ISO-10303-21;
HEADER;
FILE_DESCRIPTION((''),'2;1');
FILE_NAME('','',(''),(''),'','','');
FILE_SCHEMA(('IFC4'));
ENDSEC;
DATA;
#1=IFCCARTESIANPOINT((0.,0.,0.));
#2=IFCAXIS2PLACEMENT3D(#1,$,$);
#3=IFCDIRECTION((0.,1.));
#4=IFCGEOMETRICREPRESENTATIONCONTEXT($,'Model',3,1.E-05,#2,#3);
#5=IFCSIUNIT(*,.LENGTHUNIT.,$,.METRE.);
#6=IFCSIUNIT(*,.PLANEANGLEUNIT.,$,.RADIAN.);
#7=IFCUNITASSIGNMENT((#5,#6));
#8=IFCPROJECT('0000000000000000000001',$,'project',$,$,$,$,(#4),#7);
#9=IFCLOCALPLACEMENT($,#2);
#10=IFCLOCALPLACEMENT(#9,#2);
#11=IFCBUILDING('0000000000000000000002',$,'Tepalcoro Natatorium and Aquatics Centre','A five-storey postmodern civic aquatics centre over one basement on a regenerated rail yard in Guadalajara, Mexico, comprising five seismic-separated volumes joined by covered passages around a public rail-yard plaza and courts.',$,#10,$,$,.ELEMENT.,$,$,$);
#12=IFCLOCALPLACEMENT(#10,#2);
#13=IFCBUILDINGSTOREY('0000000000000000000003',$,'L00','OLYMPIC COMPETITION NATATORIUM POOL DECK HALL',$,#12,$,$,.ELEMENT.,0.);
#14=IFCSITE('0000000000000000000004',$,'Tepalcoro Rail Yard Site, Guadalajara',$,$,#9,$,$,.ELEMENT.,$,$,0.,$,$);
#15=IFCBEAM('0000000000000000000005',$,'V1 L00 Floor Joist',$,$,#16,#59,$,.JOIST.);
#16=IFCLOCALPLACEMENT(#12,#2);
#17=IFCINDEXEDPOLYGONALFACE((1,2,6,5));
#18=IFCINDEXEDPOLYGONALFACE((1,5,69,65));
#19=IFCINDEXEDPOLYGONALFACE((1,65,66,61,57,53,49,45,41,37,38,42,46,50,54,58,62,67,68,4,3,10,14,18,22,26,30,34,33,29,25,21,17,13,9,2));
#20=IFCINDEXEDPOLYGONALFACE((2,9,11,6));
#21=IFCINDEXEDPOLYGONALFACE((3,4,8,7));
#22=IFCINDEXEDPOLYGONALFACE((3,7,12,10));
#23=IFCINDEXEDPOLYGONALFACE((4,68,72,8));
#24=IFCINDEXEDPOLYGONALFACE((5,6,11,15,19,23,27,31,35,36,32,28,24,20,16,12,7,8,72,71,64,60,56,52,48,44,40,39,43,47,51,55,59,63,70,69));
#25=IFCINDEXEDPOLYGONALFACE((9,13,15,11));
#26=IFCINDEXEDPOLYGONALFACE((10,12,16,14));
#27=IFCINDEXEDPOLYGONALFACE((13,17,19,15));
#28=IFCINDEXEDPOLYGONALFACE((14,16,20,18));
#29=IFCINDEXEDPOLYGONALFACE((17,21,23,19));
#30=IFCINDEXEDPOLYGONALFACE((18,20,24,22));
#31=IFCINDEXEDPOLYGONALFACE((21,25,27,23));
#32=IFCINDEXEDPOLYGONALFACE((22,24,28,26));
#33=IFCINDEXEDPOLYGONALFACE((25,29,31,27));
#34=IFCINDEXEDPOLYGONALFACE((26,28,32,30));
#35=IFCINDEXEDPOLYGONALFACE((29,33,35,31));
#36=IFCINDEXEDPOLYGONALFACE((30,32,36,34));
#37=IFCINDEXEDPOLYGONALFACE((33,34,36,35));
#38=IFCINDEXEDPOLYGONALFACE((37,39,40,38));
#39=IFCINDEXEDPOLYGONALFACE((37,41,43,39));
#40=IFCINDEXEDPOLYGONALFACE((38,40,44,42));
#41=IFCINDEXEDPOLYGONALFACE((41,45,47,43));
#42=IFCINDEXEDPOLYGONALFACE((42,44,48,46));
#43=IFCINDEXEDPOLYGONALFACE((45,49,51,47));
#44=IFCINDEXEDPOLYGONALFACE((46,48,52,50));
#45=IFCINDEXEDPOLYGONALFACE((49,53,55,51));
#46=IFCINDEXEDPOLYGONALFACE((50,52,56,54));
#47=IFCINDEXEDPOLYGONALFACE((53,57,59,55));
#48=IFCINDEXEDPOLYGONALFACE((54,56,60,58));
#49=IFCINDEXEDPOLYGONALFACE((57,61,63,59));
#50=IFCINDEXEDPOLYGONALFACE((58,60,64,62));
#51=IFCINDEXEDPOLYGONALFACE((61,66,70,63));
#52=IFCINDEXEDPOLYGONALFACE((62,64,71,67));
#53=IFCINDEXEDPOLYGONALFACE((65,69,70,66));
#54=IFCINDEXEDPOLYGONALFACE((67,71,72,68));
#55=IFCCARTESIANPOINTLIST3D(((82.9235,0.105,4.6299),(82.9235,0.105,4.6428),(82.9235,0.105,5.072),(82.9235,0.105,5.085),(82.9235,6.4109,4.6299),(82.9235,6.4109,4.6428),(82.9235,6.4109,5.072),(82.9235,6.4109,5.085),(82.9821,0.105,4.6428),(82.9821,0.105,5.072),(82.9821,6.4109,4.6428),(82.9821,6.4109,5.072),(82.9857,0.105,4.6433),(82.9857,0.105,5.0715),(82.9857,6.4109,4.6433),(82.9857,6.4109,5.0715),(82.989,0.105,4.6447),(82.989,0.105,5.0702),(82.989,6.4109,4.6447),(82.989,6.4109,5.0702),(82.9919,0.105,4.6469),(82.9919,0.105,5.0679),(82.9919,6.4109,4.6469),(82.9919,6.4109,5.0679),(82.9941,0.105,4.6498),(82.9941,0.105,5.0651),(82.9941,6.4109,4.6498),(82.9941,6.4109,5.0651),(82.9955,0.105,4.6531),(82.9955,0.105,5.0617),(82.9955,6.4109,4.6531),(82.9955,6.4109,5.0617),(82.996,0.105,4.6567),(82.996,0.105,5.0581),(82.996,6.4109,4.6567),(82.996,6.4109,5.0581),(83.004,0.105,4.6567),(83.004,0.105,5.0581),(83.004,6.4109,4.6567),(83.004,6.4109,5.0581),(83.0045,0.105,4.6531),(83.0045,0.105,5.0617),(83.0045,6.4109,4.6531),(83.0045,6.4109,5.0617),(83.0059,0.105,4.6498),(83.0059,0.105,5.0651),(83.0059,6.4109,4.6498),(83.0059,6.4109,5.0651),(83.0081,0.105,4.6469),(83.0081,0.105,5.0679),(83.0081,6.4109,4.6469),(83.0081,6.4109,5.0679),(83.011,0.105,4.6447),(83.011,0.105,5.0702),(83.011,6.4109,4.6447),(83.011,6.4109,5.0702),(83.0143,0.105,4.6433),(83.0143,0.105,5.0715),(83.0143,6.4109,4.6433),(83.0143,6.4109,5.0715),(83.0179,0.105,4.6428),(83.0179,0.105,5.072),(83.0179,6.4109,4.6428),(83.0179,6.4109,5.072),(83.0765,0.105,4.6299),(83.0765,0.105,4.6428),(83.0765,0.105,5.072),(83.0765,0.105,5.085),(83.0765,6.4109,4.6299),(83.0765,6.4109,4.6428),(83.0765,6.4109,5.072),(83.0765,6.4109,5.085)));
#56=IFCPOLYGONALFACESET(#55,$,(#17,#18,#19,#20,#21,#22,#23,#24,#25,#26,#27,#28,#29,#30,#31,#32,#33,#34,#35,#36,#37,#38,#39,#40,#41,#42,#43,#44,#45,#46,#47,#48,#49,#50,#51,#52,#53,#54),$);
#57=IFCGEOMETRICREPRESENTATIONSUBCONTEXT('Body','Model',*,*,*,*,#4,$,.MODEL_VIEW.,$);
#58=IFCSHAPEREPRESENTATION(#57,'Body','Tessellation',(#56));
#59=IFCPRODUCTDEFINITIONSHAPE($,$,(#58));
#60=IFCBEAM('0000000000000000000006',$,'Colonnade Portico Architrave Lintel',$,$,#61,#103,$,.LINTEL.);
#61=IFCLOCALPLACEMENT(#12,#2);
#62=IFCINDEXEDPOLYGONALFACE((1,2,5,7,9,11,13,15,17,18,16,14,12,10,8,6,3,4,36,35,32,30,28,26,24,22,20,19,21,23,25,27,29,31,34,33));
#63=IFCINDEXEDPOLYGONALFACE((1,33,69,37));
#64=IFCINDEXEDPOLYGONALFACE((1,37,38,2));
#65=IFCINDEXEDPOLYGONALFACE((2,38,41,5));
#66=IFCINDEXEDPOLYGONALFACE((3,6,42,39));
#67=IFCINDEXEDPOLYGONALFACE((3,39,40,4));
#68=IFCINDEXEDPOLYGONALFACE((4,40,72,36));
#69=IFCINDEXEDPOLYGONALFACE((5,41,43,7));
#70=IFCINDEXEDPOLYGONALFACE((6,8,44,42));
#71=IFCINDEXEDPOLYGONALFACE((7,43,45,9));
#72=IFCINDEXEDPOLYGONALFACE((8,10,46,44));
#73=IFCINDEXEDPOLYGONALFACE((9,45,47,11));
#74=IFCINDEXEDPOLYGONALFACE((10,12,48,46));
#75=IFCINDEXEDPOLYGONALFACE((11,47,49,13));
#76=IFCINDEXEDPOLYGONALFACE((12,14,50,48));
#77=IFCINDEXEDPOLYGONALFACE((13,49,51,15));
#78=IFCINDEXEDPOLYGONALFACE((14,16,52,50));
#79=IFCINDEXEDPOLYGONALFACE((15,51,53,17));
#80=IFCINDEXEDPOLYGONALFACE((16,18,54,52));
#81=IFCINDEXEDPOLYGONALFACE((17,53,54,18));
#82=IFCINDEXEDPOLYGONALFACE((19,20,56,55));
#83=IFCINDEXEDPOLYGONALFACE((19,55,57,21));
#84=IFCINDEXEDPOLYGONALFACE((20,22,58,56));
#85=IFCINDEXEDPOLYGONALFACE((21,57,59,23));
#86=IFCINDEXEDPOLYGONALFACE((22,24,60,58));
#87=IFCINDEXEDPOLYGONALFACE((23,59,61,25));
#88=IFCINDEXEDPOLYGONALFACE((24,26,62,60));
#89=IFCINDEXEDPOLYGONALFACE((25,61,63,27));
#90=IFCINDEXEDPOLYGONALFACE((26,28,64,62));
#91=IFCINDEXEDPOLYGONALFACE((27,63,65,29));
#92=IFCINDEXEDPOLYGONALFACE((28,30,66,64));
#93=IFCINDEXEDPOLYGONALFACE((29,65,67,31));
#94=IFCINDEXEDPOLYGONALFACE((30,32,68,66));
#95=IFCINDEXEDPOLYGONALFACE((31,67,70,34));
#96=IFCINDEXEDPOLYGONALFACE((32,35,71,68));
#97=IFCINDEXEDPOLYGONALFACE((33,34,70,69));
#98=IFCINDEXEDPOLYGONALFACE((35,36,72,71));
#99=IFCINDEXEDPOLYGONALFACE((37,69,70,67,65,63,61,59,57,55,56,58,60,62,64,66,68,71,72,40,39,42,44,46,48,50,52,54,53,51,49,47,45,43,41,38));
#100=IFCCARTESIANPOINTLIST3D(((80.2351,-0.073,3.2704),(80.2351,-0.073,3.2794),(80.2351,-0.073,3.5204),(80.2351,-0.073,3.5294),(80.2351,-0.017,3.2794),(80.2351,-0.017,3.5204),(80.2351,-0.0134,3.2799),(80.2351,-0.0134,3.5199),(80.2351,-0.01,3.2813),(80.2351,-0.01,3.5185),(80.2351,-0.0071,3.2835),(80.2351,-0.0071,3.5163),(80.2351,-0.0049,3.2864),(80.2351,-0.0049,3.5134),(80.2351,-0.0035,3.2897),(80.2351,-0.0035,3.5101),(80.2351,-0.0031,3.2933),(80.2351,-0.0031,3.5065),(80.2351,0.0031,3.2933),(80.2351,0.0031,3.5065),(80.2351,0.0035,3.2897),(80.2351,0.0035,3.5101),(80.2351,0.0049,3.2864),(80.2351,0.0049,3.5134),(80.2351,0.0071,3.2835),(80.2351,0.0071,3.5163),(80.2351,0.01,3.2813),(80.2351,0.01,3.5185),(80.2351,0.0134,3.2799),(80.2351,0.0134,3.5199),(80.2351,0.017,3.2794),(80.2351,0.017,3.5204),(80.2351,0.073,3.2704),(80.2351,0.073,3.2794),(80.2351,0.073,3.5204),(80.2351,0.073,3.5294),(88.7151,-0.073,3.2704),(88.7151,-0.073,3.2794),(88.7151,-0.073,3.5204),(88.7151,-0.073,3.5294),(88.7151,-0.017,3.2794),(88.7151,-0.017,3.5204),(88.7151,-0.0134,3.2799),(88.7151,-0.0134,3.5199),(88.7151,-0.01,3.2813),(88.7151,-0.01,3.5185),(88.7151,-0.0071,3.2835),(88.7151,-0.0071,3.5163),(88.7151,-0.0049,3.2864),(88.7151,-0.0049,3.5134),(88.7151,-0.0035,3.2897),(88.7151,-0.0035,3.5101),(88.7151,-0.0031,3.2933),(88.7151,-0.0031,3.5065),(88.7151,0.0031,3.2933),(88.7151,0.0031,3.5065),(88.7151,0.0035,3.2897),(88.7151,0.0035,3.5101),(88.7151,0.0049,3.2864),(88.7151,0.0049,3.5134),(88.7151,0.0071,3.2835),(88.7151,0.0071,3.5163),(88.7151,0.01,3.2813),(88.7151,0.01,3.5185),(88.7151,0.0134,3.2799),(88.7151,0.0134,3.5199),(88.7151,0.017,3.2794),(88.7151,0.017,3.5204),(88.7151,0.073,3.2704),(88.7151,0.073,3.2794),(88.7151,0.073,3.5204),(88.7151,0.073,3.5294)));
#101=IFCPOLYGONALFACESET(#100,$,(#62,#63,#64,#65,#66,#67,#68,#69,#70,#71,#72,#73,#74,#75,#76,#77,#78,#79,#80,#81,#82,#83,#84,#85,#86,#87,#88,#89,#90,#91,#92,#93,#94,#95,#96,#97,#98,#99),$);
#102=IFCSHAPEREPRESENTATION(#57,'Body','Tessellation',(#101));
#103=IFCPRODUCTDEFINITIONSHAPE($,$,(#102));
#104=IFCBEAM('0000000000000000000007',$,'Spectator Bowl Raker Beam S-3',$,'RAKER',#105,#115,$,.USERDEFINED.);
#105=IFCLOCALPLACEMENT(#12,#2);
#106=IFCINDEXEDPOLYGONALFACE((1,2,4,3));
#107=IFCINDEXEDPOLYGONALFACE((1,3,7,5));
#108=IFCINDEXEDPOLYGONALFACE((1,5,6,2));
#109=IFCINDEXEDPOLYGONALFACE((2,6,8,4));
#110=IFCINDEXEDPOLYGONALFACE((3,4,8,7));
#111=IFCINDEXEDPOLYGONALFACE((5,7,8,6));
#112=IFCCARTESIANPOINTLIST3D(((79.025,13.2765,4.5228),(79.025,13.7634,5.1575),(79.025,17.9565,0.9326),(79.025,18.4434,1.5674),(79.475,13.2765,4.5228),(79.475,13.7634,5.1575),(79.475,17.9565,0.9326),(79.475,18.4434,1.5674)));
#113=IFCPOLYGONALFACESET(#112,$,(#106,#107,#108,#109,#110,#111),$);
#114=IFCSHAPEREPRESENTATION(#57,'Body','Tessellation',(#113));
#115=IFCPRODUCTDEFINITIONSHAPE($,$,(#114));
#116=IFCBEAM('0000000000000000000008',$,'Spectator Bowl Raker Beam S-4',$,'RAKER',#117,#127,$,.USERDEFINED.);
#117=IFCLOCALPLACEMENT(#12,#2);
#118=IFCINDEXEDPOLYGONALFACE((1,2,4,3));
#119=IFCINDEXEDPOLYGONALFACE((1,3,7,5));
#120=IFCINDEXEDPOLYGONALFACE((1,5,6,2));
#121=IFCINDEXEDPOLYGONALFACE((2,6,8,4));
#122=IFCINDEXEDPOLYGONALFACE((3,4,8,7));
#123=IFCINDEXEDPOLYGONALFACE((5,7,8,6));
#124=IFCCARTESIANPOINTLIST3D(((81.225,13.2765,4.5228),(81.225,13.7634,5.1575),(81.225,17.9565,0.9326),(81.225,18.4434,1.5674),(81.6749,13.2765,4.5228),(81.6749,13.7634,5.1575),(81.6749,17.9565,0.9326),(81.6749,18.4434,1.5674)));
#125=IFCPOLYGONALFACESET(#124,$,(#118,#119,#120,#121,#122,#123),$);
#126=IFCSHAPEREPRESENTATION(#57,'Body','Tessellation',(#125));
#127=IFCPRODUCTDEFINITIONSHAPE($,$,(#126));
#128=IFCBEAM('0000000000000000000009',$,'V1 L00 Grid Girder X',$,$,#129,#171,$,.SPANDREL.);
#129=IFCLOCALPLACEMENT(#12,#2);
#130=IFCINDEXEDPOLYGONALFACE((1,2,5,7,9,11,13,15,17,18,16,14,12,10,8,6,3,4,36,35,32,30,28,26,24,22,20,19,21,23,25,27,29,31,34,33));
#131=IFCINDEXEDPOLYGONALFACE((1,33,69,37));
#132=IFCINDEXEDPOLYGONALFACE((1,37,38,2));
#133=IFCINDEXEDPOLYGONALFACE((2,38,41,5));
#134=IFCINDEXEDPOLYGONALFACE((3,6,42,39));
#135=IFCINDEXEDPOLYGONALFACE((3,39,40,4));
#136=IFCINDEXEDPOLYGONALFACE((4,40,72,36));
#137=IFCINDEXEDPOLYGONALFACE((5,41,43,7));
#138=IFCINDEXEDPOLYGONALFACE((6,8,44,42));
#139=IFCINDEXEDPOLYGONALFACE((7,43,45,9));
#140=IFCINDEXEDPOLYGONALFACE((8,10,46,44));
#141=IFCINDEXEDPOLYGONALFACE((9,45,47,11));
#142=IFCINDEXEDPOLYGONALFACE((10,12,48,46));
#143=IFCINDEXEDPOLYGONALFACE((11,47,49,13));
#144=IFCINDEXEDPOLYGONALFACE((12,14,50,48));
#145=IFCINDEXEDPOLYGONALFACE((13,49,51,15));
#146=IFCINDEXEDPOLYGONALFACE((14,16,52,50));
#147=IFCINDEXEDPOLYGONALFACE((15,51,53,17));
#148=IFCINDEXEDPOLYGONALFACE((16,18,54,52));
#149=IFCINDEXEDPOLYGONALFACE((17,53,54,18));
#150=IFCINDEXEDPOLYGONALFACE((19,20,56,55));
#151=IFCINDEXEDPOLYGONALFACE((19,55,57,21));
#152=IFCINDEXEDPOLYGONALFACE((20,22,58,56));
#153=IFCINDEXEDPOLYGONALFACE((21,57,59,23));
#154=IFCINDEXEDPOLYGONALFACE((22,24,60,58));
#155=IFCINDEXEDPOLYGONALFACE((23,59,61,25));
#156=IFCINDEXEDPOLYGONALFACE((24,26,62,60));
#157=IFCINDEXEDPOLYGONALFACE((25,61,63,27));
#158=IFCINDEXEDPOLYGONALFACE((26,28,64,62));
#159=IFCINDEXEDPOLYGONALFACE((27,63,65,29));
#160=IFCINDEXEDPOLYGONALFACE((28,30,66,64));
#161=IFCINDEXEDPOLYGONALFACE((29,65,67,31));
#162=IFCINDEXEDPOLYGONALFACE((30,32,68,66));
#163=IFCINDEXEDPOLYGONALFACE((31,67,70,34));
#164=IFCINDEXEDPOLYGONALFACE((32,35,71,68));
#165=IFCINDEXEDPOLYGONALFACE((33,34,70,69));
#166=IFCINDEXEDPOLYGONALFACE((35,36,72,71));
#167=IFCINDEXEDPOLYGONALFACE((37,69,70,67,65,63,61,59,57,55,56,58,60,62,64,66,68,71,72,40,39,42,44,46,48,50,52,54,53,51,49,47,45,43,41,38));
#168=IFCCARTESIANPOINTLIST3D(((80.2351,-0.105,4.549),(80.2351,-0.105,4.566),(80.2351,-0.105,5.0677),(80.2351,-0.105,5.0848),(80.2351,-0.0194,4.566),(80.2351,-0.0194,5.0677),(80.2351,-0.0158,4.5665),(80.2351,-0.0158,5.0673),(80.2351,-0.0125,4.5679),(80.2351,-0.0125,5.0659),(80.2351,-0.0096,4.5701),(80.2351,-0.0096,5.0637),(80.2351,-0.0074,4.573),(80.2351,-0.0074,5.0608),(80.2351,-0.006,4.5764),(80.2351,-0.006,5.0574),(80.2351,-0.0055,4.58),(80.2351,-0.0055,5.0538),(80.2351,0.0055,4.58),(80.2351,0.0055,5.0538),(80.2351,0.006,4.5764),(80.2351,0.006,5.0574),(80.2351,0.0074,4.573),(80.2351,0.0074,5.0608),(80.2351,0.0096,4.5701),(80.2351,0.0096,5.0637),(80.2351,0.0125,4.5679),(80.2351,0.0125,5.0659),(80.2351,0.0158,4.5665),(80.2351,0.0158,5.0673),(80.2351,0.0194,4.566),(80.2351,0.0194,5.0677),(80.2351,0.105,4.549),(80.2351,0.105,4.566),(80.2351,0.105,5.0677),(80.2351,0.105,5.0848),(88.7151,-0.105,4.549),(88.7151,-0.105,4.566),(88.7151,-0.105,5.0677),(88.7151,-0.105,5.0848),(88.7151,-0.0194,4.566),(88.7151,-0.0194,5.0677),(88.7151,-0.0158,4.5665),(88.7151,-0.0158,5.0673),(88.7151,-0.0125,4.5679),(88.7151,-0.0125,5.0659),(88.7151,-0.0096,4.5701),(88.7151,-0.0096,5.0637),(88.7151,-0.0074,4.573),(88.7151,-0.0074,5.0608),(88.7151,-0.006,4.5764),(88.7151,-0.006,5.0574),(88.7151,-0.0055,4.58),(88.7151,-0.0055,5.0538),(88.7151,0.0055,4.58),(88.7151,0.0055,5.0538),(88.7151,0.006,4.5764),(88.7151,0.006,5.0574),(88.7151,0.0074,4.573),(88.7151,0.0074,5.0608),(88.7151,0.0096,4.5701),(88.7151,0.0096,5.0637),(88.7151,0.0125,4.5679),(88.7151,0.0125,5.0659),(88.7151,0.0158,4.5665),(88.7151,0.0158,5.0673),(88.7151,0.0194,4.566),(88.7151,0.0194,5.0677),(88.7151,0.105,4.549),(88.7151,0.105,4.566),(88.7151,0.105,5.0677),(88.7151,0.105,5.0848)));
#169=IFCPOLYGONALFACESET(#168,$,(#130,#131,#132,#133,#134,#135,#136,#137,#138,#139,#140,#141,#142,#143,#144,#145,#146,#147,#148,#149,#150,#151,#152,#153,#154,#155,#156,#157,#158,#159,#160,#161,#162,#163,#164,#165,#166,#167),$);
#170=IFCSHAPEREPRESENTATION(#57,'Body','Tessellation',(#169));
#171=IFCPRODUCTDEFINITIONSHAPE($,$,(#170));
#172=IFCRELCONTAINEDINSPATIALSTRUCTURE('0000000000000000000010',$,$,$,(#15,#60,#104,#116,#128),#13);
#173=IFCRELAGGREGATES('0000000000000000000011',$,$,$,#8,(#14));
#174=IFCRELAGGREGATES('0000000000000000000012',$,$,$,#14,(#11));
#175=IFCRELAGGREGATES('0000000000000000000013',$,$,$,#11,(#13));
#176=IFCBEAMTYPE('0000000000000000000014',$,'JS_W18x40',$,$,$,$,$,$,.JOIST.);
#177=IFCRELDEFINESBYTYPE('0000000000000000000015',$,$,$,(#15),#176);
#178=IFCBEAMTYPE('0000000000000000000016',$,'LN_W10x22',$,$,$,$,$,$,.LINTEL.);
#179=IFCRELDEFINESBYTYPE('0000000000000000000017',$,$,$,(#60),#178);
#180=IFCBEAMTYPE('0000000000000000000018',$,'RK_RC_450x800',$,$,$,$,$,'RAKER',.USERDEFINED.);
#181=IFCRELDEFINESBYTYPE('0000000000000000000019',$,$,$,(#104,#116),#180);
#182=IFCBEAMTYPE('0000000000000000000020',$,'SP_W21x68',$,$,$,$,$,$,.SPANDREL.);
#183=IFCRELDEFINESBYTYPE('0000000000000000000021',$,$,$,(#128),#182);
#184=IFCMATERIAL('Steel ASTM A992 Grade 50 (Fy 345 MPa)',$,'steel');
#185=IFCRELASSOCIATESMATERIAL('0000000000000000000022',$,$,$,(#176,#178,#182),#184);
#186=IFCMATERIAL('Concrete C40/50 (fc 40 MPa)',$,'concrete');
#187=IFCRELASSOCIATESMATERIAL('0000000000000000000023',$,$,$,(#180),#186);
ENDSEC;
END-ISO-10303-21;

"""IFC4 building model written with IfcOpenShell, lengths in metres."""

from ifc_helpers import new_model, si_unit, direction, frame, origin, origin_2d, place, context, subcontext, project, spatial, rectangle, i_section, extrude, material, material_profile, profile_set, type_object, element, save


model = new_model("IFC4")

# Units and contexts
model_context = context("Model", 3, precision=1e-05, world=origin(), true_north=direction((0.0, 1.0)))
body_context = subcontext(model_context, "Body", "Model", "MODEL_VIEW")
ifc_project = project(units=[si_unit("LENGTHUNIT", "METRE"), si_unit("PLANEANGLEUNIT", "RADIAN")], contexts=[model_context])

# Site, building, storey
site_placement = place(None, origin())
site = spatial("IfcSite", under=ifc_project, at=site_placement, Name="Tepalcoro Rail Yard Site, Guadalajara", CompositionType="ELEMENT", RefElevation=0.0)
building_placement = place(site_placement, origin())
building = spatial("IfcBuilding", under=site, at=building_placement, Name="Tepalcoro Natatorium and Aquatics Centre", Description="A five-storey postmodern civic aquatics centre over one basement on a regenerated rail yard in Guadalajara, Mexico, comprising five seismic-separated volumes joined by covered passages around a public rail-yard plaza and courts.", CompositionType="ELEMENT")
storey_placement = place(building_placement, origin())
storey = spatial("IfcBuildingStorey", under=building, at=storey_placement, Name="L00", Description="OLYMPIC COMPETITION NATATORIUM POOL DECK HALL", CompositionType="ELEMENT", Elevation=0.0)

# Shared definitions
ifc_material_1 = material(Name="Concrete C40/50 (fc 40 MPa)", Category="concrete")

# Shared definitions
ifc_material_2 = material(Name="Steel ASTM A992 Grade 50 (Fy 345 MPa)", Category="steel")

# Beams
ifc_material_profile_1 = material_profile(ifc_material_2, i_section(OverallWidth=0.1531, OverallDepth=0.4551, WebThickness=0.0081, FlangeThickness=0.0129, FilletRadius=0.0139, at=origin_2d()), Name="W18X40")
ifc_profile_set_1 = profile_set([ifc_material_profile_1], Name="Steel ASTM A992 Grade 50 (Fy 345 MPa)")
beam_type_1 = type_object("IfcBeamType", Name="JS_W18x40", PredefinedType="JOIST", material=ifc_profile_set_1)
beam_1_placement = place(storey_placement, frame((83.0, 0.105, 4.8574), z_axis=(0.0, 1.0, 0.0), x_axis=(-1.0, 0.0, 0.0)))
element("IfcBeam", 1, at=beam_1_placement, inside=storey, type_object=beam_type_1, Name="V1 L00 Floor Joist", PredefinedType="JOIST", context=body_context, shape_type="SweptSolid", body=[
    extrude(i_section(OverallWidth=0.1531, OverallDepth=0.4551, WebThickness=0.0081, FlangeThickness=0.0129, FilletRadius=0.0139, at=origin_2d()), origin(), (0.0, 0.0, 1.0), 6.3059),
])
ifc_material_profile_2 = material_profile(ifc_material_2, i_section(OverallWidth=0.146, OverallDepth=0.259, WebThickness=0.0061, FlangeThickness=0.009, FilletRadius=0.0139, at=origin_2d()), Name="W10X22")
ifc_profile_set_2 = profile_set([ifc_material_profile_2], Name="Steel ASTM A992 Grade 50 (Fy 345 MPa)")
beam_type_2 = type_object("IfcBeamType", Name="LN_W10x22", PredefinedType="LINTEL", material=ifc_profile_set_2)
beam_2_placement = place(storey_placement, frame((80.2351, 0.0, 3.3999), z_axis=(1.0, 0.0, 0.0), x_axis=(0.0, 1.0, 0.0)))
element("IfcBeam", 2, at=beam_2_placement, inside=storey, type_object=beam_type_2, Name="Colonnade Portico Architrave Lintel", PredefinedType="LINTEL", context=body_context, shape_type="SweptSolid", body=[
    extrude(i_section(OverallWidth=0.146, OverallDepth=0.259, WebThickness=0.0061, FlangeThickness=0.009, FilletRadius=0.0139, at=origin_2d()), origin(), (0.0, 0.0, 1.0), 8.48),
])
ifc_material_profile_3 = material_profile(ifc_material_1, rectangle(XDim=0.45, YDim=0.8, at=origin_2d()), Name="RKR450x800")
ifc_profile_set_3 = profile_set([ifc_material_profile_3], Name="Concrete C40/50 (fc 40 MPa)")
beam_type_3 = type_object("IfcBeamType", Name="RK_RC_450x800", ElementType="RAKER", PredefinedType="USERDEFINED", material=ifc_profile_set_3)
for number, where, z_axis, x_axis, name in (
    (3, (79.25, 18.2, 1.25), (0.0, -0.793431, 0.60866), (1.0, 0.0, 0.0), "Spectator Bowl Raker Beam S-3"),
    (4, (81.45, 18.2, 1.25), (0.0, -0.793431, 0.60866), (1.0, 0.0, 0.0), "Spectator Bowl Raker Beam S-4"),
):
    element("IfcBeam", number, at=place(storey_placement, frame(where, z_axis=z_axis, x_axis=x_axis)), inside=storey, type_object=beam_type_3, Name=name, ObjectType="RAKER", PredefinedType="USERDEFINED", context=body_context, shape_type="SweptSolid", body=[
        extrude(rectangle(XDim=0.45, YDim=0.8, at=origin_2d()), origin(), (0.0, 0.0, 1.0), 5.8984),
    ])
ifc_material_profile_4 = material_profile(ifc_material_2, i_section(OverallWidth=0.21, OverallDepth=0.5359, WebThickness=0.011, FlangeThickness=0.0171, FilletRadius=0.0139, at=origin_2d()), Name="W21X68")
ifc_profile_set_4 = profile_set([ifc_material_profile_4], Name="Steel ASTM A992 Grade 50 (Fy 345 MPa)")
beam_type_4 = type_object("IfcBeamType", Name="SP_W21x68", PredefinedType="SPANDREL", material=ifc_profile_set_4)
beam_3_placement = place(storey_placement, frame((80.2351, 0.0, 4.8169), z_axis=(1.0, 0.0, 0.0), x_axis=(0.0, 1.0, 0.0)))
element("IfcBeam", 5, at=beam_3_placement, inside=storey, type_object=beam_type_4, Name="V1 L00 Grid Girder X", PredefinedType="SPANDREL", context=body_context, shape_type="SweptSolid", body=[
    extrude(i_section(OverallWidth=0.21, OverallDepth=0.5359, WebThickness=0.011, FlangeThickness=0.0171, FilletRadius=0.0139, at=origin_2d()), origin(), (0.0, 0.0, 1.0), 8.48),
])

save(model, "model.ifc")
